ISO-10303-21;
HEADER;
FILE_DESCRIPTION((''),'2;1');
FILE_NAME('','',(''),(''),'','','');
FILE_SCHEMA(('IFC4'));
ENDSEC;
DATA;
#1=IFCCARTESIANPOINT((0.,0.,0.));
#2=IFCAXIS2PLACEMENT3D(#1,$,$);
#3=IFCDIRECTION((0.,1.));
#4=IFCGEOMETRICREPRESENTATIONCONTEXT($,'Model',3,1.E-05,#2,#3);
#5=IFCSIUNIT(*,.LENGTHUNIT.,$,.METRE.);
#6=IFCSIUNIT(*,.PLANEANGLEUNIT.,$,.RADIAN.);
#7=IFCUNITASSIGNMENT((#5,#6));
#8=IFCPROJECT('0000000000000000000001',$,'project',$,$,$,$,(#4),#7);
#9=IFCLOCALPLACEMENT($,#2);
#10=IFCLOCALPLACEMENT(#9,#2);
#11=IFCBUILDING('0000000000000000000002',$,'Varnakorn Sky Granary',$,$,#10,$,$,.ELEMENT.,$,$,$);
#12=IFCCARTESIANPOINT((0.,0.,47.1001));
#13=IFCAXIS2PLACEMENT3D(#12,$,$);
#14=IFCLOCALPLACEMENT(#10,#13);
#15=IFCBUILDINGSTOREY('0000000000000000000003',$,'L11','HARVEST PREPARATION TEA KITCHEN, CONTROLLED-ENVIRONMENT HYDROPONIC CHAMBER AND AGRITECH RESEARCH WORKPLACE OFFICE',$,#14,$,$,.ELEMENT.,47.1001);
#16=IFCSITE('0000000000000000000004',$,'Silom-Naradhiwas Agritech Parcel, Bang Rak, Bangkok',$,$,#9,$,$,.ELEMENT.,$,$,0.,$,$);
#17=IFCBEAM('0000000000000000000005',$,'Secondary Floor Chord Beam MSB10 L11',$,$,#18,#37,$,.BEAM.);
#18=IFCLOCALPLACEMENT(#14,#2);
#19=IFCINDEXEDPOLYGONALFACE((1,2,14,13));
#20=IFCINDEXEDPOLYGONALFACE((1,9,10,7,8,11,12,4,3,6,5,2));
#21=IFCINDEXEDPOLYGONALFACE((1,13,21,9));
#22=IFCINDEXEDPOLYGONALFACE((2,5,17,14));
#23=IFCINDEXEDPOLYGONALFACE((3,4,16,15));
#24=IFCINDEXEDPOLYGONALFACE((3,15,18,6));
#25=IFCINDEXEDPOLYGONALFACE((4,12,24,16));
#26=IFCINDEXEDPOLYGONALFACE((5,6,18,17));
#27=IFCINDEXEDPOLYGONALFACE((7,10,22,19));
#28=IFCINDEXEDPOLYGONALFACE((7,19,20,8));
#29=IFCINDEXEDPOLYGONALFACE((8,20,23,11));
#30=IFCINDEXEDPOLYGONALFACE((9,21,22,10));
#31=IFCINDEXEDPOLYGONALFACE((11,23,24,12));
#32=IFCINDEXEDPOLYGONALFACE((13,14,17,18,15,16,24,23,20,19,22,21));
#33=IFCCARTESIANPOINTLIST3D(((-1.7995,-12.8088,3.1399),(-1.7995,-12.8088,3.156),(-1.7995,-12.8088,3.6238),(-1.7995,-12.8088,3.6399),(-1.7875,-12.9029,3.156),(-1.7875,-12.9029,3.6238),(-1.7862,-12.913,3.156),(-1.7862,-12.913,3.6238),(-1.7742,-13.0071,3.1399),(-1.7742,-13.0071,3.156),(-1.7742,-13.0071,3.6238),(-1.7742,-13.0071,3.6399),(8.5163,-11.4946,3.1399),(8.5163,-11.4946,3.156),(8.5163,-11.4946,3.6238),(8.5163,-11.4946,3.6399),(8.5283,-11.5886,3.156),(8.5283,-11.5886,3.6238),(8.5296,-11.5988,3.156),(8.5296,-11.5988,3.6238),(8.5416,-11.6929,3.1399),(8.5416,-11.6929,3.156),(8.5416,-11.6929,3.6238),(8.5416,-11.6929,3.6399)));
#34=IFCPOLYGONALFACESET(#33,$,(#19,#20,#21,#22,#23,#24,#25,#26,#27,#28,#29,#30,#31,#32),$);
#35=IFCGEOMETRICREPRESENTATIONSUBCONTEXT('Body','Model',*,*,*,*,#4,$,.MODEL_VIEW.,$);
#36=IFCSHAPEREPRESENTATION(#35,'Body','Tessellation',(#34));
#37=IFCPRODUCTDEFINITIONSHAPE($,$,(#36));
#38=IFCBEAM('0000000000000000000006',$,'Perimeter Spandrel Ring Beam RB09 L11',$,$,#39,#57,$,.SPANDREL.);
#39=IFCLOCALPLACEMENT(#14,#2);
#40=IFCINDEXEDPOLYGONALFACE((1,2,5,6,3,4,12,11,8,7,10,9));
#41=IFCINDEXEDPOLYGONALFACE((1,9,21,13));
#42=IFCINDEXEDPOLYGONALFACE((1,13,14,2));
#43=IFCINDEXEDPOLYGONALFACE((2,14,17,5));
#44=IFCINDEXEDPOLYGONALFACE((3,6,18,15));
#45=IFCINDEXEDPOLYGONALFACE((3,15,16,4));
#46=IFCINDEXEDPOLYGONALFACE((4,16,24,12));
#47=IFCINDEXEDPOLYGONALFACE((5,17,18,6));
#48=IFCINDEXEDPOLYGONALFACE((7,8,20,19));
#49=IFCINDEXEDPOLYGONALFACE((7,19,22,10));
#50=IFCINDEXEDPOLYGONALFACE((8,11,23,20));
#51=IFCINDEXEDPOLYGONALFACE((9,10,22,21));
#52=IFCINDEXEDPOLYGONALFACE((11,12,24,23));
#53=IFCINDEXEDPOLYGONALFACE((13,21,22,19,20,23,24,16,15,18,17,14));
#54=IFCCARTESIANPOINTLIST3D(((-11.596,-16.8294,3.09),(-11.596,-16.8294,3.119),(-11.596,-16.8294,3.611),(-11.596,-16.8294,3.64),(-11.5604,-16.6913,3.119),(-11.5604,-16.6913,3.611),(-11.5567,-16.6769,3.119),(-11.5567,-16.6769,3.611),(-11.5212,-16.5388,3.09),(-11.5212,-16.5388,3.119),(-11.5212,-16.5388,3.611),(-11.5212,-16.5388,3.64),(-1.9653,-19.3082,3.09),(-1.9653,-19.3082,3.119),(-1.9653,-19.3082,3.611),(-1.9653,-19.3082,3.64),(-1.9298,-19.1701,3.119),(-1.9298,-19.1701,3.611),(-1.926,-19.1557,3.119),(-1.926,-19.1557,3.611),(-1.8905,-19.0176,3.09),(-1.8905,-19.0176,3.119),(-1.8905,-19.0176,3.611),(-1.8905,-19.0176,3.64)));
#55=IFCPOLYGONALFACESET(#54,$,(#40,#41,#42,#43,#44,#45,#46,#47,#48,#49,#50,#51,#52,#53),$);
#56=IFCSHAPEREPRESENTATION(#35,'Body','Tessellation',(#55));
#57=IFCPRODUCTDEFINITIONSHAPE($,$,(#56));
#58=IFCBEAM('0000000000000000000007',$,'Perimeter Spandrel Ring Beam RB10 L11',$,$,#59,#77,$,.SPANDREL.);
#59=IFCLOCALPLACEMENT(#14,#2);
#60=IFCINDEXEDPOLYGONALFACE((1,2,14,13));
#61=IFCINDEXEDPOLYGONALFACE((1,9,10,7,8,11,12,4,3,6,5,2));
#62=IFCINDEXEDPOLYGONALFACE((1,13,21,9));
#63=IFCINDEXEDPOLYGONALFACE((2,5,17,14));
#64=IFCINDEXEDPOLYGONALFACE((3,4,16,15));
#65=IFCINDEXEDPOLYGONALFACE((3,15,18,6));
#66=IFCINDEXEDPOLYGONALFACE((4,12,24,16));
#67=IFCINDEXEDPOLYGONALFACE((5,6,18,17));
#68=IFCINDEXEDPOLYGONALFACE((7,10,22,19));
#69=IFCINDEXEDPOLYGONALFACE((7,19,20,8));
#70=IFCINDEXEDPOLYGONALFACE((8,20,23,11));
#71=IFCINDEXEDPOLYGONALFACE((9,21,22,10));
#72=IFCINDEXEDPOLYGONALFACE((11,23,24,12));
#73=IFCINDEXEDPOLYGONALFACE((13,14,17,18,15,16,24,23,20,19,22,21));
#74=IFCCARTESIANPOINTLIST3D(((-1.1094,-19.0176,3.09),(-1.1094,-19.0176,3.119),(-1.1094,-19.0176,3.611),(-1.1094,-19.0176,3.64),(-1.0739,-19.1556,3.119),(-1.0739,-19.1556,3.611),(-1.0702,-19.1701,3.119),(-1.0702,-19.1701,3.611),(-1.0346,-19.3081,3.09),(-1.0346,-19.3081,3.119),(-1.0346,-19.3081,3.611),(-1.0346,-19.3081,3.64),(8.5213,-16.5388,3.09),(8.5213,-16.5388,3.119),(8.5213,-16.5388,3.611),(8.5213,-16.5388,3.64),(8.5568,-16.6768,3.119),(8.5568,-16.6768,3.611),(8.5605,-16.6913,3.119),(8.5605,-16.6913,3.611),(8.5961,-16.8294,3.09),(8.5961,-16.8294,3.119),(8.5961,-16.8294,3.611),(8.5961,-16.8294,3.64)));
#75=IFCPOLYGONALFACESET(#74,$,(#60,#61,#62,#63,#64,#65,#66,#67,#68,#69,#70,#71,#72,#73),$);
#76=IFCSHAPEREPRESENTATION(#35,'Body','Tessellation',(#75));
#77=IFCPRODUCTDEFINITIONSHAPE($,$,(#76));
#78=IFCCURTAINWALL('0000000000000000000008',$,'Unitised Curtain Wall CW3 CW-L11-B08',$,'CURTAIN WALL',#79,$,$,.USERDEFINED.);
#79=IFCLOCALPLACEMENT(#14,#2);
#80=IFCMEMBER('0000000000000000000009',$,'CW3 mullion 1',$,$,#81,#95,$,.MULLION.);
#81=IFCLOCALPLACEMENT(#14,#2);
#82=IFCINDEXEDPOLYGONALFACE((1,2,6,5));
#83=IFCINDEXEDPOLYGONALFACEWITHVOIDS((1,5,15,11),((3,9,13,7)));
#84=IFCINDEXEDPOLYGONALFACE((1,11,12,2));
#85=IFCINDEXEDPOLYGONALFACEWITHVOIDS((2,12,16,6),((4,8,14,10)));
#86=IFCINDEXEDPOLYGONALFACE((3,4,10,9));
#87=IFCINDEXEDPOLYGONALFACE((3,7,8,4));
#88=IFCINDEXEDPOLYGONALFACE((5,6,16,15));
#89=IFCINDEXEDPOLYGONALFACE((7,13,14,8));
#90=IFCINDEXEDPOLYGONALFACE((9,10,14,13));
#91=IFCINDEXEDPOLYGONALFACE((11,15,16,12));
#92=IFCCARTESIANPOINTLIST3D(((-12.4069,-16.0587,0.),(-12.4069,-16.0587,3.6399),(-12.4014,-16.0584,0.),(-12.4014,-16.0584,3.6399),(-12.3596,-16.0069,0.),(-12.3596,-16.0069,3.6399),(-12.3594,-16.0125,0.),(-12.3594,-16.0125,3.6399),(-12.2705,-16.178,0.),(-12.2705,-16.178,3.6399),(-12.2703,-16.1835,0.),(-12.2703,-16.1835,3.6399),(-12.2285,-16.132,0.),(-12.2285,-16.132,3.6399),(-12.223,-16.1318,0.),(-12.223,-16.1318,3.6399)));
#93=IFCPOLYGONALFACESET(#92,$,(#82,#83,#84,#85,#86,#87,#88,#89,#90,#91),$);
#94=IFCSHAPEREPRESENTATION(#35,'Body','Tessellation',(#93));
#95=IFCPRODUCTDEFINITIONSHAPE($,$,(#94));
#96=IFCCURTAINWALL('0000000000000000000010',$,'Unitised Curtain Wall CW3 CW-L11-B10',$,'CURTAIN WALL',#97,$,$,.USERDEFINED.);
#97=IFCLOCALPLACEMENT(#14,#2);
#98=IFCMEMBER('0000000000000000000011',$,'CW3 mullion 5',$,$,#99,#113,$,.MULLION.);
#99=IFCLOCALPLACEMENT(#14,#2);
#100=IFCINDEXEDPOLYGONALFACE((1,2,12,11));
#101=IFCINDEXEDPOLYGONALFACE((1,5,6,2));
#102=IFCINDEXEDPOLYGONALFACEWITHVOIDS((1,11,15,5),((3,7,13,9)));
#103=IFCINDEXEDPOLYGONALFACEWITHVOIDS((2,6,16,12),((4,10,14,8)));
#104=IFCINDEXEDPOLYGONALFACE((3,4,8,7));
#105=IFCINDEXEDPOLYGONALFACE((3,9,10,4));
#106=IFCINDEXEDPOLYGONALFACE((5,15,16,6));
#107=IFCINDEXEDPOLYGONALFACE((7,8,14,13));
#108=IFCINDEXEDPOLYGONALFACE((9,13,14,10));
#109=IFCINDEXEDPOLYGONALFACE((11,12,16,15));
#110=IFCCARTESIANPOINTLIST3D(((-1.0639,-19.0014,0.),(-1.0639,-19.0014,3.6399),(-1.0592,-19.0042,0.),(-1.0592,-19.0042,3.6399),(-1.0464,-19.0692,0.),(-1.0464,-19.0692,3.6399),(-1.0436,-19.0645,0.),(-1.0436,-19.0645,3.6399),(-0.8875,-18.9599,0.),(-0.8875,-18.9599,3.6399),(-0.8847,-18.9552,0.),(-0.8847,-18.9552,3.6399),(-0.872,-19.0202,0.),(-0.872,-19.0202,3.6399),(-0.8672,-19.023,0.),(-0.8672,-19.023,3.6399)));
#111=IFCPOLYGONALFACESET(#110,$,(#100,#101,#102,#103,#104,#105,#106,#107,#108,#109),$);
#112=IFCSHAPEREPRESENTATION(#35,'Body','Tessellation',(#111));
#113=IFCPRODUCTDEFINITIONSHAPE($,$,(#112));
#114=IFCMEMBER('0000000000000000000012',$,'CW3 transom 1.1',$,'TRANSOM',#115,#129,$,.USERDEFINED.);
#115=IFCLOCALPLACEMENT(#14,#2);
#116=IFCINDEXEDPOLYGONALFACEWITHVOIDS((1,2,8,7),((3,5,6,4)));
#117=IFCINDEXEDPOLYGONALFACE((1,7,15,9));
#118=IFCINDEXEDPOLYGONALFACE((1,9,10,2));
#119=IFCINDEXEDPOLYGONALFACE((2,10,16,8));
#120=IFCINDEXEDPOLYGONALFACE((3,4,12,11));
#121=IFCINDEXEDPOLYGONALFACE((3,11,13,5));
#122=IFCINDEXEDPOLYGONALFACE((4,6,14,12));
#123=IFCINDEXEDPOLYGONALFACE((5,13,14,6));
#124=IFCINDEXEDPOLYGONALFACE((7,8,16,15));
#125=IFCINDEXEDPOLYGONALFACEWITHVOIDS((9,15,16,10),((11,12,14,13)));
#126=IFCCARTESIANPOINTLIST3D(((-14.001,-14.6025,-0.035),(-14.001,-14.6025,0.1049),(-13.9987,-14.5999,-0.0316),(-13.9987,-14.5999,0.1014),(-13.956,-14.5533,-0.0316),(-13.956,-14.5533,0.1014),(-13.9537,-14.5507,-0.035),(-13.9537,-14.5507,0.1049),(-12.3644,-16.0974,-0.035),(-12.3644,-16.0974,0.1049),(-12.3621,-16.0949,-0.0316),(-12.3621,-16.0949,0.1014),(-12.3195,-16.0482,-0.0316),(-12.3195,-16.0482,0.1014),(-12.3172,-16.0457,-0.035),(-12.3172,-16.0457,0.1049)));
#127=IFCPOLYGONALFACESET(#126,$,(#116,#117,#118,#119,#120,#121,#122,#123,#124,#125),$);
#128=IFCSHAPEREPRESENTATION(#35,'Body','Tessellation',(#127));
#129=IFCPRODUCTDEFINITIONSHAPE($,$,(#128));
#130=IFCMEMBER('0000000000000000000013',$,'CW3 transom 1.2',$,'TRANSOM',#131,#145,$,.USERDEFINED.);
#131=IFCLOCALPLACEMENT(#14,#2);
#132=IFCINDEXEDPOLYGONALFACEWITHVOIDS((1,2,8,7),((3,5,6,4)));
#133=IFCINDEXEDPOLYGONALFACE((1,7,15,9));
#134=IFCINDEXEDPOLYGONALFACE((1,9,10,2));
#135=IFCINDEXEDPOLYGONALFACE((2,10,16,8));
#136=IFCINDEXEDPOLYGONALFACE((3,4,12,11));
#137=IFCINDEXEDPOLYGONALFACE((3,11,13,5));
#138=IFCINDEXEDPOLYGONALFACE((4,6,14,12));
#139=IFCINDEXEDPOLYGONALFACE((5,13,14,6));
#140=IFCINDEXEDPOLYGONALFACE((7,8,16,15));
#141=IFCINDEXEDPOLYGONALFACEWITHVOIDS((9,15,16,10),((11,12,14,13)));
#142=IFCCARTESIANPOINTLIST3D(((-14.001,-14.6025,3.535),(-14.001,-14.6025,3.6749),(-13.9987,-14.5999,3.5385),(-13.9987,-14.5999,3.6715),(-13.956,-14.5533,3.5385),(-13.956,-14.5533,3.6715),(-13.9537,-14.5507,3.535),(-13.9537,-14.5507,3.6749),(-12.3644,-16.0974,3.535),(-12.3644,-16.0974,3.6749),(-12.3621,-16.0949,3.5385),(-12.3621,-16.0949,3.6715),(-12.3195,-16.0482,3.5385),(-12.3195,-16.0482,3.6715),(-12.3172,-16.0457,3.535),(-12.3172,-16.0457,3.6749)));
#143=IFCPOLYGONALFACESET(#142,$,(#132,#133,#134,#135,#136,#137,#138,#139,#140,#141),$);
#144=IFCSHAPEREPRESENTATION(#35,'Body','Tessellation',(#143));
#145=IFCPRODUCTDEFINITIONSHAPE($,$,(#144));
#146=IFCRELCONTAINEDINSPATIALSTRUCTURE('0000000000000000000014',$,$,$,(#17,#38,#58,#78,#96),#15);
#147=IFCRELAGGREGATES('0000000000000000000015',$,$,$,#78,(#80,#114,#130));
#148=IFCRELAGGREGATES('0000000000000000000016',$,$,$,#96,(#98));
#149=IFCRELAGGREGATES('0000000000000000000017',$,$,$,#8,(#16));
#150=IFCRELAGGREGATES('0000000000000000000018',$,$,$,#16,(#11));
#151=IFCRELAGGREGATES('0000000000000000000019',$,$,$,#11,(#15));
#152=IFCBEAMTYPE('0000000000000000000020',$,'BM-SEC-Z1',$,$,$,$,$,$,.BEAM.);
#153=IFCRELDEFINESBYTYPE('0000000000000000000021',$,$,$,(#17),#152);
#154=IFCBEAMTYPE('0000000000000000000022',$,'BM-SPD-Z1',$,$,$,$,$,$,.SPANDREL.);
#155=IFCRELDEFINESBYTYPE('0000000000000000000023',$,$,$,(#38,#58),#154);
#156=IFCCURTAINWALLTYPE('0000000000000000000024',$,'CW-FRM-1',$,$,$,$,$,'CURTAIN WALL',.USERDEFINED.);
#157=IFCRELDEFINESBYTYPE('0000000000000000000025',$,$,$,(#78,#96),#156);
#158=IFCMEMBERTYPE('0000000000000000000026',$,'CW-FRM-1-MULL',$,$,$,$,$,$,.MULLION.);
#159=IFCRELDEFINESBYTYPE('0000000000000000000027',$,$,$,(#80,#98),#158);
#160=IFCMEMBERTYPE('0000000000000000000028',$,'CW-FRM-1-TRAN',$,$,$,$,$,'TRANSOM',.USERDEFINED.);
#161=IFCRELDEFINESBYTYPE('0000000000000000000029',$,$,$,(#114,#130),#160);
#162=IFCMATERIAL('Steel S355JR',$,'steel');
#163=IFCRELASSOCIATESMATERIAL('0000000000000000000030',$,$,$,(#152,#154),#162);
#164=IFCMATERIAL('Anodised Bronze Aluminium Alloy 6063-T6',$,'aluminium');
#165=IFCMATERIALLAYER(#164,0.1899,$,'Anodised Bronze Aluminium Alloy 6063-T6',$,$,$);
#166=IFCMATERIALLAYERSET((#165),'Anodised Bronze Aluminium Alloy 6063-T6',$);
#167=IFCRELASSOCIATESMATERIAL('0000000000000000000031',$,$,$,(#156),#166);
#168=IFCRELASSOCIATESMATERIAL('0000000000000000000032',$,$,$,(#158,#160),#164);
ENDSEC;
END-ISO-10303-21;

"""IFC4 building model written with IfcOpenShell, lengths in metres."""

from ifc_helpers import new_model, si_unit, direction, frame, origin, origin_2d, place, context, subcontext, project, spatial, hollow_rectangle, i_section, extrude, material, layer, layer_set, material_profile, profile_set, type_object, element, aggregate, save


model = new_model("IFC4")

# Units and contexts
model_context = context("Model", 3, precision=1e-05, world=origin(), true_north=direction((0.0, 1.0)))
body_context = subcontext(model_context, "Body", "Model", "MODEL_VIEW")
ifc_project = project(units=[si_unit("LENGTHUNIT", "METRE"), si_unit("PLANEANGLEUNIT", "RADIAN")], contexts=[model_context])

# Site, building, storey
site_placement = place(None, origin())
site = spatial("IfcSite", under=ifc_project, at=site_placement, Name="Silom-Naradhiwas Agritech Parcel, Bang Rak, Bangkok", CompositionType="ELEMENT", RefElevation=0.0)
building_placement = place(site_placement, origin())
building = spatial("IfcBuilding", under=site, at=building_placement, Name="Varnakorn Sky Granary", CompositionType="ELEMENT")
storey_placement = place(building_placement, frame((0.0, 0.0, 47.1001)))
storey = spatial("IfcBuildingStorey", under=building, at=storey_placement, Name="L11", Description="HARVEST PREPARATION TEA KITCHEN, CONTROLLED-ENVIRONMENT HYDROPONIC CHAMBER AND AGRITECH RESEARCH WORKPLACE OFFICE", CompositionType="ELEMENT", Elevation=47.1001)

# Beams
ifc_material_1 = material(Name="Steel S355JR", Category="steel")
ifc_material_profile_1 = material_profile(ifc_material_1, i_section(OverallWidth=0.2, OverallDepth=0.5, WebThickness=0.0103, FlangeThickness=0.0161, at=origin_2d()), Name="IPE 500")
ifc_profile_set_1 = profile_set([ifc_material_profile_1], Name="Steel S355JR")
beam_type_1 = type_object("IfcBeamType", Name="BM-SEC-Z1", PredefinedType="BEAM", material=ifc_profile_set_1)
beam_1_placement = place(storey_placement, frame((-1.7869, -12.908, 3.3899), z_axis=(0.991982, 0.126378, 0.0), x_axis=(-0.126378, 0.991982, 0.0)))
element("IfcBeam", 1, at=beam_1_placement, inside=storey, type_object=beam_type_1, Name="Secondary Floor Chord Beam MSB10 L11", PredefinedType="BEAM", context=body_context, shape_type="SweptSolid", body=[
    extrude(i_section(OverallWidth=0.2, OverallDepth=0.5, WebThickness=0.0103, FlangeThickness=0.0161, at=origin_2d()), origin(), (0.0, 0.0, 1.0), 10.3992),
])
ifc_material_profile_2 = material_profile(ifc_material_1, i_section(OverallWidth=0.3, OverallDepth=0.55, WebThickness=0.0149, FlangeThickness=0.0291, at=origin_2d()), Name="HE 550 B")
ifc_profile_set_2 = profile_set([ifc_material_profile_2], Name="Steel S355JR")
beam_type_2 = type_object("IfcBeamType", Name="BM-SPD-Z1", PredefinedType="SPANDREL", material=ifc_profile_set_2)
for number, where, z_axis, x_axis, name in (
    (2, (-11.5586, -16.6841, 3.365), (0.968437, -0.249259, 0.0), (0.249259, 0.968437, 0.0), "Perimeter Spandrel Ring Beam RB09 L11"),
    (3, (-1.072, -19.1628, 3.365), (0.968437, 0.249259, 0.0), (-0.249259, 0.968437, 0.0), "Perimeter Spandrel Ring Beam RB10 L11"),
):
    element("IfcBeam", number, at=place(storey_placement, frame(where, z_axis=z_axis, x_axis=x_axis)), inside=storey, type_object=beam_type_2, Name=name, PredefinedType="SPANDREL", context=body_context, shape_type="SweptSolid", body=[
        extrude(i_section(OverallWidth=0.3, OverallDepth=0.55, WebThickness=0.0149, FlangeThickness=0.0291, at=origin_2d()), origin(), (0.0, 0.0, 1.0), 9.9446),
    ])

# Curtain walls, members
ifc_material_2 = material(Name="Anodised Bronze Aluminium Alloy 6063-T6", Category="aluminium")
ifc_layer_1 = layer(ifc_material_2, 0.1899, Name="Anodised Bronze Aluminium Alloy 6063-T6")
ifc_layer_set_1 = layer_set([ifc_layer_1], Name="Anodised Bronze Aluminium Alloy 6063-T6")
curtain_wall_type = type_object("IfcCurtainWallType", Name="CW-FRM-1", ElementType="CURTAIN WALL", PredefinedType="USERDEFINED", material=ifc_layer_set_1)
curtain_wall_1_placement = place(storey_placement, origin())
curtain_wall_1 = element("IfcCurtainWall", 4, at=curtain_wall_1_placement, inside=storey, type_object=curtain_wall_type, Name="Unitised Curtain Wall CW3 CW-L11-B08", ObjectType="CURTAIN WALL", PredefinedType="USERDEFINED")
ifc_material_profile_3 = material_profile(ifc_material_2, hollow_rectangle(XDim=0.0701, YDim=0.1851, WallThickness=0.0039, at=origin_2d()), Name="ALU MULL 70x185")
ifc_profile_set_3 = profile_set([ifc_material_profile_3], Name="Anodised Bronze Aluminium Alloy 6063-T6")
member_type_1 = type_object("IfcMemberType", Name="CW-FRM-1-MULL", PredefinedType="MULLION", material=ifc_profile_set_3)
member_1_placement = place(storey_placement, frame((-12.3149, -16.0952, 0.0), z_axis=(0.0, 0.0, 1.0), x_axis=(-0.674464, -0.738307, 0.0)))
member_1 = element("IfcMember", 5, at=member_1_placement, type_object=member_type_1, Name="CW3 mullion 1", PredefinedType="MULLION", context=body_context, shape_type="SweptSolid", body=[
    extrude(hollow_rectangle(XDim=0.0701, YDim=0.1851, WallThickness=0.0039, at=origin_2d()), origin(), (0.0, 0.0, 1.0), 3.6399),
])
curtain_wall_2_placement = place(storey_placement, origin())
curtain_wall_2 = element("IfcCurtainWall", 6, at=curtain_wall_2_placement, inside=storey, type_object=curtain_wall_type, Name="Unitised Curtain Wall CW3 CW-L11-B10", ObjectType="CURTAIN WALL", PredefinedType="USERDEFINED")
member_2_placement = place(storey_placement, frame((-0.9656, -19.0122, 0.0), z_axis=(0.0, 0.0, 1.0), x_axis=(0.249595, -0.96835, 0.0)))
member_2 = element("IfcMember", 7, at=member_2_placement, type_object=member_type_1, Name="CW3 mullion 5", PredefinedType="MULLION", context=body_context, shape_type="SweptSolid", body=[
    extrude(hollow_rectangle(XDim=0.0701, YDim=0.1851, WallThickness=0.0039, at=origin_2d()), origin(), (0.0, 0.0, 1.0), 3.6399),
])

# Members
ifc_material_profile_4 = material_profile(ifc_material_2, hollow_rectangle(XDim=0.0701, YDim=0.1399, WallThickness=0.0034, at=origin_2d()), Name="ALU TRAN 70x140")
ifc_profile_set_4 = profile_set([ifc_material_profile_4], Name="Anodised Bronze Aluminium Alloy 6063-T6")
member_type_2 = type_object("IfcMemberType", Name="CW-FRM-1-TRAN", ElementType="TRANSOM", PredefinedType="USERDEFINED", material=ifc_profile_set_4)
member_3_placement = place(storey_placement, frame((-12.3408, -16.0715, 0.0349), z_axis=(-0.738328, 0.674442, 0.0), x_axis=(-0.674442, -0.738328, 0.0)))
member_3 = element("IfcMember", 8, at=member_3_placement, type_object=member_type_2, Name="CW3 transom 1.1", ObjectType="TRANSOM", PredefinedType="USERDEFINED", context=body_context, shape_type="SweptSolid", body=[
    extrude(hollow_rectangle(XDim=0.0701, YDim=0.1399, WallThickness=0.0034, at=origin_2d()), origin(), (0.0, 0.0, 1.0), 2.2166),
])
member_4_placement = place(storey_placement, frame((-12.3408, -16.0715, 3.605), z_axis=(-0.738328, 0.674442, 0.0), x_axis=(-0.674442, -0.738328, 0.0)))
member_4 = element("IfcMember", 9, at=member_4_placement, type_object=member_type_2, Name="CW3 transom 1.2", ObjectType="TRANSOM", PredefinedType="USERDEFINED", context=body_context, shape_type="SweptSolid", body=[
    extrude(hollow_rectangle(XDim=0.0701, YDim=0.1399, WallThickness=0.0034, at=origin_2d()), origin(), (0.0, 0.0, 1.0), 2.2166),
])

aggregate(curtain_wall_1, [member_1, member_3, member_4])
aggregate(curtain_wall_2, [member_2])

save(model, "model.ifc")
